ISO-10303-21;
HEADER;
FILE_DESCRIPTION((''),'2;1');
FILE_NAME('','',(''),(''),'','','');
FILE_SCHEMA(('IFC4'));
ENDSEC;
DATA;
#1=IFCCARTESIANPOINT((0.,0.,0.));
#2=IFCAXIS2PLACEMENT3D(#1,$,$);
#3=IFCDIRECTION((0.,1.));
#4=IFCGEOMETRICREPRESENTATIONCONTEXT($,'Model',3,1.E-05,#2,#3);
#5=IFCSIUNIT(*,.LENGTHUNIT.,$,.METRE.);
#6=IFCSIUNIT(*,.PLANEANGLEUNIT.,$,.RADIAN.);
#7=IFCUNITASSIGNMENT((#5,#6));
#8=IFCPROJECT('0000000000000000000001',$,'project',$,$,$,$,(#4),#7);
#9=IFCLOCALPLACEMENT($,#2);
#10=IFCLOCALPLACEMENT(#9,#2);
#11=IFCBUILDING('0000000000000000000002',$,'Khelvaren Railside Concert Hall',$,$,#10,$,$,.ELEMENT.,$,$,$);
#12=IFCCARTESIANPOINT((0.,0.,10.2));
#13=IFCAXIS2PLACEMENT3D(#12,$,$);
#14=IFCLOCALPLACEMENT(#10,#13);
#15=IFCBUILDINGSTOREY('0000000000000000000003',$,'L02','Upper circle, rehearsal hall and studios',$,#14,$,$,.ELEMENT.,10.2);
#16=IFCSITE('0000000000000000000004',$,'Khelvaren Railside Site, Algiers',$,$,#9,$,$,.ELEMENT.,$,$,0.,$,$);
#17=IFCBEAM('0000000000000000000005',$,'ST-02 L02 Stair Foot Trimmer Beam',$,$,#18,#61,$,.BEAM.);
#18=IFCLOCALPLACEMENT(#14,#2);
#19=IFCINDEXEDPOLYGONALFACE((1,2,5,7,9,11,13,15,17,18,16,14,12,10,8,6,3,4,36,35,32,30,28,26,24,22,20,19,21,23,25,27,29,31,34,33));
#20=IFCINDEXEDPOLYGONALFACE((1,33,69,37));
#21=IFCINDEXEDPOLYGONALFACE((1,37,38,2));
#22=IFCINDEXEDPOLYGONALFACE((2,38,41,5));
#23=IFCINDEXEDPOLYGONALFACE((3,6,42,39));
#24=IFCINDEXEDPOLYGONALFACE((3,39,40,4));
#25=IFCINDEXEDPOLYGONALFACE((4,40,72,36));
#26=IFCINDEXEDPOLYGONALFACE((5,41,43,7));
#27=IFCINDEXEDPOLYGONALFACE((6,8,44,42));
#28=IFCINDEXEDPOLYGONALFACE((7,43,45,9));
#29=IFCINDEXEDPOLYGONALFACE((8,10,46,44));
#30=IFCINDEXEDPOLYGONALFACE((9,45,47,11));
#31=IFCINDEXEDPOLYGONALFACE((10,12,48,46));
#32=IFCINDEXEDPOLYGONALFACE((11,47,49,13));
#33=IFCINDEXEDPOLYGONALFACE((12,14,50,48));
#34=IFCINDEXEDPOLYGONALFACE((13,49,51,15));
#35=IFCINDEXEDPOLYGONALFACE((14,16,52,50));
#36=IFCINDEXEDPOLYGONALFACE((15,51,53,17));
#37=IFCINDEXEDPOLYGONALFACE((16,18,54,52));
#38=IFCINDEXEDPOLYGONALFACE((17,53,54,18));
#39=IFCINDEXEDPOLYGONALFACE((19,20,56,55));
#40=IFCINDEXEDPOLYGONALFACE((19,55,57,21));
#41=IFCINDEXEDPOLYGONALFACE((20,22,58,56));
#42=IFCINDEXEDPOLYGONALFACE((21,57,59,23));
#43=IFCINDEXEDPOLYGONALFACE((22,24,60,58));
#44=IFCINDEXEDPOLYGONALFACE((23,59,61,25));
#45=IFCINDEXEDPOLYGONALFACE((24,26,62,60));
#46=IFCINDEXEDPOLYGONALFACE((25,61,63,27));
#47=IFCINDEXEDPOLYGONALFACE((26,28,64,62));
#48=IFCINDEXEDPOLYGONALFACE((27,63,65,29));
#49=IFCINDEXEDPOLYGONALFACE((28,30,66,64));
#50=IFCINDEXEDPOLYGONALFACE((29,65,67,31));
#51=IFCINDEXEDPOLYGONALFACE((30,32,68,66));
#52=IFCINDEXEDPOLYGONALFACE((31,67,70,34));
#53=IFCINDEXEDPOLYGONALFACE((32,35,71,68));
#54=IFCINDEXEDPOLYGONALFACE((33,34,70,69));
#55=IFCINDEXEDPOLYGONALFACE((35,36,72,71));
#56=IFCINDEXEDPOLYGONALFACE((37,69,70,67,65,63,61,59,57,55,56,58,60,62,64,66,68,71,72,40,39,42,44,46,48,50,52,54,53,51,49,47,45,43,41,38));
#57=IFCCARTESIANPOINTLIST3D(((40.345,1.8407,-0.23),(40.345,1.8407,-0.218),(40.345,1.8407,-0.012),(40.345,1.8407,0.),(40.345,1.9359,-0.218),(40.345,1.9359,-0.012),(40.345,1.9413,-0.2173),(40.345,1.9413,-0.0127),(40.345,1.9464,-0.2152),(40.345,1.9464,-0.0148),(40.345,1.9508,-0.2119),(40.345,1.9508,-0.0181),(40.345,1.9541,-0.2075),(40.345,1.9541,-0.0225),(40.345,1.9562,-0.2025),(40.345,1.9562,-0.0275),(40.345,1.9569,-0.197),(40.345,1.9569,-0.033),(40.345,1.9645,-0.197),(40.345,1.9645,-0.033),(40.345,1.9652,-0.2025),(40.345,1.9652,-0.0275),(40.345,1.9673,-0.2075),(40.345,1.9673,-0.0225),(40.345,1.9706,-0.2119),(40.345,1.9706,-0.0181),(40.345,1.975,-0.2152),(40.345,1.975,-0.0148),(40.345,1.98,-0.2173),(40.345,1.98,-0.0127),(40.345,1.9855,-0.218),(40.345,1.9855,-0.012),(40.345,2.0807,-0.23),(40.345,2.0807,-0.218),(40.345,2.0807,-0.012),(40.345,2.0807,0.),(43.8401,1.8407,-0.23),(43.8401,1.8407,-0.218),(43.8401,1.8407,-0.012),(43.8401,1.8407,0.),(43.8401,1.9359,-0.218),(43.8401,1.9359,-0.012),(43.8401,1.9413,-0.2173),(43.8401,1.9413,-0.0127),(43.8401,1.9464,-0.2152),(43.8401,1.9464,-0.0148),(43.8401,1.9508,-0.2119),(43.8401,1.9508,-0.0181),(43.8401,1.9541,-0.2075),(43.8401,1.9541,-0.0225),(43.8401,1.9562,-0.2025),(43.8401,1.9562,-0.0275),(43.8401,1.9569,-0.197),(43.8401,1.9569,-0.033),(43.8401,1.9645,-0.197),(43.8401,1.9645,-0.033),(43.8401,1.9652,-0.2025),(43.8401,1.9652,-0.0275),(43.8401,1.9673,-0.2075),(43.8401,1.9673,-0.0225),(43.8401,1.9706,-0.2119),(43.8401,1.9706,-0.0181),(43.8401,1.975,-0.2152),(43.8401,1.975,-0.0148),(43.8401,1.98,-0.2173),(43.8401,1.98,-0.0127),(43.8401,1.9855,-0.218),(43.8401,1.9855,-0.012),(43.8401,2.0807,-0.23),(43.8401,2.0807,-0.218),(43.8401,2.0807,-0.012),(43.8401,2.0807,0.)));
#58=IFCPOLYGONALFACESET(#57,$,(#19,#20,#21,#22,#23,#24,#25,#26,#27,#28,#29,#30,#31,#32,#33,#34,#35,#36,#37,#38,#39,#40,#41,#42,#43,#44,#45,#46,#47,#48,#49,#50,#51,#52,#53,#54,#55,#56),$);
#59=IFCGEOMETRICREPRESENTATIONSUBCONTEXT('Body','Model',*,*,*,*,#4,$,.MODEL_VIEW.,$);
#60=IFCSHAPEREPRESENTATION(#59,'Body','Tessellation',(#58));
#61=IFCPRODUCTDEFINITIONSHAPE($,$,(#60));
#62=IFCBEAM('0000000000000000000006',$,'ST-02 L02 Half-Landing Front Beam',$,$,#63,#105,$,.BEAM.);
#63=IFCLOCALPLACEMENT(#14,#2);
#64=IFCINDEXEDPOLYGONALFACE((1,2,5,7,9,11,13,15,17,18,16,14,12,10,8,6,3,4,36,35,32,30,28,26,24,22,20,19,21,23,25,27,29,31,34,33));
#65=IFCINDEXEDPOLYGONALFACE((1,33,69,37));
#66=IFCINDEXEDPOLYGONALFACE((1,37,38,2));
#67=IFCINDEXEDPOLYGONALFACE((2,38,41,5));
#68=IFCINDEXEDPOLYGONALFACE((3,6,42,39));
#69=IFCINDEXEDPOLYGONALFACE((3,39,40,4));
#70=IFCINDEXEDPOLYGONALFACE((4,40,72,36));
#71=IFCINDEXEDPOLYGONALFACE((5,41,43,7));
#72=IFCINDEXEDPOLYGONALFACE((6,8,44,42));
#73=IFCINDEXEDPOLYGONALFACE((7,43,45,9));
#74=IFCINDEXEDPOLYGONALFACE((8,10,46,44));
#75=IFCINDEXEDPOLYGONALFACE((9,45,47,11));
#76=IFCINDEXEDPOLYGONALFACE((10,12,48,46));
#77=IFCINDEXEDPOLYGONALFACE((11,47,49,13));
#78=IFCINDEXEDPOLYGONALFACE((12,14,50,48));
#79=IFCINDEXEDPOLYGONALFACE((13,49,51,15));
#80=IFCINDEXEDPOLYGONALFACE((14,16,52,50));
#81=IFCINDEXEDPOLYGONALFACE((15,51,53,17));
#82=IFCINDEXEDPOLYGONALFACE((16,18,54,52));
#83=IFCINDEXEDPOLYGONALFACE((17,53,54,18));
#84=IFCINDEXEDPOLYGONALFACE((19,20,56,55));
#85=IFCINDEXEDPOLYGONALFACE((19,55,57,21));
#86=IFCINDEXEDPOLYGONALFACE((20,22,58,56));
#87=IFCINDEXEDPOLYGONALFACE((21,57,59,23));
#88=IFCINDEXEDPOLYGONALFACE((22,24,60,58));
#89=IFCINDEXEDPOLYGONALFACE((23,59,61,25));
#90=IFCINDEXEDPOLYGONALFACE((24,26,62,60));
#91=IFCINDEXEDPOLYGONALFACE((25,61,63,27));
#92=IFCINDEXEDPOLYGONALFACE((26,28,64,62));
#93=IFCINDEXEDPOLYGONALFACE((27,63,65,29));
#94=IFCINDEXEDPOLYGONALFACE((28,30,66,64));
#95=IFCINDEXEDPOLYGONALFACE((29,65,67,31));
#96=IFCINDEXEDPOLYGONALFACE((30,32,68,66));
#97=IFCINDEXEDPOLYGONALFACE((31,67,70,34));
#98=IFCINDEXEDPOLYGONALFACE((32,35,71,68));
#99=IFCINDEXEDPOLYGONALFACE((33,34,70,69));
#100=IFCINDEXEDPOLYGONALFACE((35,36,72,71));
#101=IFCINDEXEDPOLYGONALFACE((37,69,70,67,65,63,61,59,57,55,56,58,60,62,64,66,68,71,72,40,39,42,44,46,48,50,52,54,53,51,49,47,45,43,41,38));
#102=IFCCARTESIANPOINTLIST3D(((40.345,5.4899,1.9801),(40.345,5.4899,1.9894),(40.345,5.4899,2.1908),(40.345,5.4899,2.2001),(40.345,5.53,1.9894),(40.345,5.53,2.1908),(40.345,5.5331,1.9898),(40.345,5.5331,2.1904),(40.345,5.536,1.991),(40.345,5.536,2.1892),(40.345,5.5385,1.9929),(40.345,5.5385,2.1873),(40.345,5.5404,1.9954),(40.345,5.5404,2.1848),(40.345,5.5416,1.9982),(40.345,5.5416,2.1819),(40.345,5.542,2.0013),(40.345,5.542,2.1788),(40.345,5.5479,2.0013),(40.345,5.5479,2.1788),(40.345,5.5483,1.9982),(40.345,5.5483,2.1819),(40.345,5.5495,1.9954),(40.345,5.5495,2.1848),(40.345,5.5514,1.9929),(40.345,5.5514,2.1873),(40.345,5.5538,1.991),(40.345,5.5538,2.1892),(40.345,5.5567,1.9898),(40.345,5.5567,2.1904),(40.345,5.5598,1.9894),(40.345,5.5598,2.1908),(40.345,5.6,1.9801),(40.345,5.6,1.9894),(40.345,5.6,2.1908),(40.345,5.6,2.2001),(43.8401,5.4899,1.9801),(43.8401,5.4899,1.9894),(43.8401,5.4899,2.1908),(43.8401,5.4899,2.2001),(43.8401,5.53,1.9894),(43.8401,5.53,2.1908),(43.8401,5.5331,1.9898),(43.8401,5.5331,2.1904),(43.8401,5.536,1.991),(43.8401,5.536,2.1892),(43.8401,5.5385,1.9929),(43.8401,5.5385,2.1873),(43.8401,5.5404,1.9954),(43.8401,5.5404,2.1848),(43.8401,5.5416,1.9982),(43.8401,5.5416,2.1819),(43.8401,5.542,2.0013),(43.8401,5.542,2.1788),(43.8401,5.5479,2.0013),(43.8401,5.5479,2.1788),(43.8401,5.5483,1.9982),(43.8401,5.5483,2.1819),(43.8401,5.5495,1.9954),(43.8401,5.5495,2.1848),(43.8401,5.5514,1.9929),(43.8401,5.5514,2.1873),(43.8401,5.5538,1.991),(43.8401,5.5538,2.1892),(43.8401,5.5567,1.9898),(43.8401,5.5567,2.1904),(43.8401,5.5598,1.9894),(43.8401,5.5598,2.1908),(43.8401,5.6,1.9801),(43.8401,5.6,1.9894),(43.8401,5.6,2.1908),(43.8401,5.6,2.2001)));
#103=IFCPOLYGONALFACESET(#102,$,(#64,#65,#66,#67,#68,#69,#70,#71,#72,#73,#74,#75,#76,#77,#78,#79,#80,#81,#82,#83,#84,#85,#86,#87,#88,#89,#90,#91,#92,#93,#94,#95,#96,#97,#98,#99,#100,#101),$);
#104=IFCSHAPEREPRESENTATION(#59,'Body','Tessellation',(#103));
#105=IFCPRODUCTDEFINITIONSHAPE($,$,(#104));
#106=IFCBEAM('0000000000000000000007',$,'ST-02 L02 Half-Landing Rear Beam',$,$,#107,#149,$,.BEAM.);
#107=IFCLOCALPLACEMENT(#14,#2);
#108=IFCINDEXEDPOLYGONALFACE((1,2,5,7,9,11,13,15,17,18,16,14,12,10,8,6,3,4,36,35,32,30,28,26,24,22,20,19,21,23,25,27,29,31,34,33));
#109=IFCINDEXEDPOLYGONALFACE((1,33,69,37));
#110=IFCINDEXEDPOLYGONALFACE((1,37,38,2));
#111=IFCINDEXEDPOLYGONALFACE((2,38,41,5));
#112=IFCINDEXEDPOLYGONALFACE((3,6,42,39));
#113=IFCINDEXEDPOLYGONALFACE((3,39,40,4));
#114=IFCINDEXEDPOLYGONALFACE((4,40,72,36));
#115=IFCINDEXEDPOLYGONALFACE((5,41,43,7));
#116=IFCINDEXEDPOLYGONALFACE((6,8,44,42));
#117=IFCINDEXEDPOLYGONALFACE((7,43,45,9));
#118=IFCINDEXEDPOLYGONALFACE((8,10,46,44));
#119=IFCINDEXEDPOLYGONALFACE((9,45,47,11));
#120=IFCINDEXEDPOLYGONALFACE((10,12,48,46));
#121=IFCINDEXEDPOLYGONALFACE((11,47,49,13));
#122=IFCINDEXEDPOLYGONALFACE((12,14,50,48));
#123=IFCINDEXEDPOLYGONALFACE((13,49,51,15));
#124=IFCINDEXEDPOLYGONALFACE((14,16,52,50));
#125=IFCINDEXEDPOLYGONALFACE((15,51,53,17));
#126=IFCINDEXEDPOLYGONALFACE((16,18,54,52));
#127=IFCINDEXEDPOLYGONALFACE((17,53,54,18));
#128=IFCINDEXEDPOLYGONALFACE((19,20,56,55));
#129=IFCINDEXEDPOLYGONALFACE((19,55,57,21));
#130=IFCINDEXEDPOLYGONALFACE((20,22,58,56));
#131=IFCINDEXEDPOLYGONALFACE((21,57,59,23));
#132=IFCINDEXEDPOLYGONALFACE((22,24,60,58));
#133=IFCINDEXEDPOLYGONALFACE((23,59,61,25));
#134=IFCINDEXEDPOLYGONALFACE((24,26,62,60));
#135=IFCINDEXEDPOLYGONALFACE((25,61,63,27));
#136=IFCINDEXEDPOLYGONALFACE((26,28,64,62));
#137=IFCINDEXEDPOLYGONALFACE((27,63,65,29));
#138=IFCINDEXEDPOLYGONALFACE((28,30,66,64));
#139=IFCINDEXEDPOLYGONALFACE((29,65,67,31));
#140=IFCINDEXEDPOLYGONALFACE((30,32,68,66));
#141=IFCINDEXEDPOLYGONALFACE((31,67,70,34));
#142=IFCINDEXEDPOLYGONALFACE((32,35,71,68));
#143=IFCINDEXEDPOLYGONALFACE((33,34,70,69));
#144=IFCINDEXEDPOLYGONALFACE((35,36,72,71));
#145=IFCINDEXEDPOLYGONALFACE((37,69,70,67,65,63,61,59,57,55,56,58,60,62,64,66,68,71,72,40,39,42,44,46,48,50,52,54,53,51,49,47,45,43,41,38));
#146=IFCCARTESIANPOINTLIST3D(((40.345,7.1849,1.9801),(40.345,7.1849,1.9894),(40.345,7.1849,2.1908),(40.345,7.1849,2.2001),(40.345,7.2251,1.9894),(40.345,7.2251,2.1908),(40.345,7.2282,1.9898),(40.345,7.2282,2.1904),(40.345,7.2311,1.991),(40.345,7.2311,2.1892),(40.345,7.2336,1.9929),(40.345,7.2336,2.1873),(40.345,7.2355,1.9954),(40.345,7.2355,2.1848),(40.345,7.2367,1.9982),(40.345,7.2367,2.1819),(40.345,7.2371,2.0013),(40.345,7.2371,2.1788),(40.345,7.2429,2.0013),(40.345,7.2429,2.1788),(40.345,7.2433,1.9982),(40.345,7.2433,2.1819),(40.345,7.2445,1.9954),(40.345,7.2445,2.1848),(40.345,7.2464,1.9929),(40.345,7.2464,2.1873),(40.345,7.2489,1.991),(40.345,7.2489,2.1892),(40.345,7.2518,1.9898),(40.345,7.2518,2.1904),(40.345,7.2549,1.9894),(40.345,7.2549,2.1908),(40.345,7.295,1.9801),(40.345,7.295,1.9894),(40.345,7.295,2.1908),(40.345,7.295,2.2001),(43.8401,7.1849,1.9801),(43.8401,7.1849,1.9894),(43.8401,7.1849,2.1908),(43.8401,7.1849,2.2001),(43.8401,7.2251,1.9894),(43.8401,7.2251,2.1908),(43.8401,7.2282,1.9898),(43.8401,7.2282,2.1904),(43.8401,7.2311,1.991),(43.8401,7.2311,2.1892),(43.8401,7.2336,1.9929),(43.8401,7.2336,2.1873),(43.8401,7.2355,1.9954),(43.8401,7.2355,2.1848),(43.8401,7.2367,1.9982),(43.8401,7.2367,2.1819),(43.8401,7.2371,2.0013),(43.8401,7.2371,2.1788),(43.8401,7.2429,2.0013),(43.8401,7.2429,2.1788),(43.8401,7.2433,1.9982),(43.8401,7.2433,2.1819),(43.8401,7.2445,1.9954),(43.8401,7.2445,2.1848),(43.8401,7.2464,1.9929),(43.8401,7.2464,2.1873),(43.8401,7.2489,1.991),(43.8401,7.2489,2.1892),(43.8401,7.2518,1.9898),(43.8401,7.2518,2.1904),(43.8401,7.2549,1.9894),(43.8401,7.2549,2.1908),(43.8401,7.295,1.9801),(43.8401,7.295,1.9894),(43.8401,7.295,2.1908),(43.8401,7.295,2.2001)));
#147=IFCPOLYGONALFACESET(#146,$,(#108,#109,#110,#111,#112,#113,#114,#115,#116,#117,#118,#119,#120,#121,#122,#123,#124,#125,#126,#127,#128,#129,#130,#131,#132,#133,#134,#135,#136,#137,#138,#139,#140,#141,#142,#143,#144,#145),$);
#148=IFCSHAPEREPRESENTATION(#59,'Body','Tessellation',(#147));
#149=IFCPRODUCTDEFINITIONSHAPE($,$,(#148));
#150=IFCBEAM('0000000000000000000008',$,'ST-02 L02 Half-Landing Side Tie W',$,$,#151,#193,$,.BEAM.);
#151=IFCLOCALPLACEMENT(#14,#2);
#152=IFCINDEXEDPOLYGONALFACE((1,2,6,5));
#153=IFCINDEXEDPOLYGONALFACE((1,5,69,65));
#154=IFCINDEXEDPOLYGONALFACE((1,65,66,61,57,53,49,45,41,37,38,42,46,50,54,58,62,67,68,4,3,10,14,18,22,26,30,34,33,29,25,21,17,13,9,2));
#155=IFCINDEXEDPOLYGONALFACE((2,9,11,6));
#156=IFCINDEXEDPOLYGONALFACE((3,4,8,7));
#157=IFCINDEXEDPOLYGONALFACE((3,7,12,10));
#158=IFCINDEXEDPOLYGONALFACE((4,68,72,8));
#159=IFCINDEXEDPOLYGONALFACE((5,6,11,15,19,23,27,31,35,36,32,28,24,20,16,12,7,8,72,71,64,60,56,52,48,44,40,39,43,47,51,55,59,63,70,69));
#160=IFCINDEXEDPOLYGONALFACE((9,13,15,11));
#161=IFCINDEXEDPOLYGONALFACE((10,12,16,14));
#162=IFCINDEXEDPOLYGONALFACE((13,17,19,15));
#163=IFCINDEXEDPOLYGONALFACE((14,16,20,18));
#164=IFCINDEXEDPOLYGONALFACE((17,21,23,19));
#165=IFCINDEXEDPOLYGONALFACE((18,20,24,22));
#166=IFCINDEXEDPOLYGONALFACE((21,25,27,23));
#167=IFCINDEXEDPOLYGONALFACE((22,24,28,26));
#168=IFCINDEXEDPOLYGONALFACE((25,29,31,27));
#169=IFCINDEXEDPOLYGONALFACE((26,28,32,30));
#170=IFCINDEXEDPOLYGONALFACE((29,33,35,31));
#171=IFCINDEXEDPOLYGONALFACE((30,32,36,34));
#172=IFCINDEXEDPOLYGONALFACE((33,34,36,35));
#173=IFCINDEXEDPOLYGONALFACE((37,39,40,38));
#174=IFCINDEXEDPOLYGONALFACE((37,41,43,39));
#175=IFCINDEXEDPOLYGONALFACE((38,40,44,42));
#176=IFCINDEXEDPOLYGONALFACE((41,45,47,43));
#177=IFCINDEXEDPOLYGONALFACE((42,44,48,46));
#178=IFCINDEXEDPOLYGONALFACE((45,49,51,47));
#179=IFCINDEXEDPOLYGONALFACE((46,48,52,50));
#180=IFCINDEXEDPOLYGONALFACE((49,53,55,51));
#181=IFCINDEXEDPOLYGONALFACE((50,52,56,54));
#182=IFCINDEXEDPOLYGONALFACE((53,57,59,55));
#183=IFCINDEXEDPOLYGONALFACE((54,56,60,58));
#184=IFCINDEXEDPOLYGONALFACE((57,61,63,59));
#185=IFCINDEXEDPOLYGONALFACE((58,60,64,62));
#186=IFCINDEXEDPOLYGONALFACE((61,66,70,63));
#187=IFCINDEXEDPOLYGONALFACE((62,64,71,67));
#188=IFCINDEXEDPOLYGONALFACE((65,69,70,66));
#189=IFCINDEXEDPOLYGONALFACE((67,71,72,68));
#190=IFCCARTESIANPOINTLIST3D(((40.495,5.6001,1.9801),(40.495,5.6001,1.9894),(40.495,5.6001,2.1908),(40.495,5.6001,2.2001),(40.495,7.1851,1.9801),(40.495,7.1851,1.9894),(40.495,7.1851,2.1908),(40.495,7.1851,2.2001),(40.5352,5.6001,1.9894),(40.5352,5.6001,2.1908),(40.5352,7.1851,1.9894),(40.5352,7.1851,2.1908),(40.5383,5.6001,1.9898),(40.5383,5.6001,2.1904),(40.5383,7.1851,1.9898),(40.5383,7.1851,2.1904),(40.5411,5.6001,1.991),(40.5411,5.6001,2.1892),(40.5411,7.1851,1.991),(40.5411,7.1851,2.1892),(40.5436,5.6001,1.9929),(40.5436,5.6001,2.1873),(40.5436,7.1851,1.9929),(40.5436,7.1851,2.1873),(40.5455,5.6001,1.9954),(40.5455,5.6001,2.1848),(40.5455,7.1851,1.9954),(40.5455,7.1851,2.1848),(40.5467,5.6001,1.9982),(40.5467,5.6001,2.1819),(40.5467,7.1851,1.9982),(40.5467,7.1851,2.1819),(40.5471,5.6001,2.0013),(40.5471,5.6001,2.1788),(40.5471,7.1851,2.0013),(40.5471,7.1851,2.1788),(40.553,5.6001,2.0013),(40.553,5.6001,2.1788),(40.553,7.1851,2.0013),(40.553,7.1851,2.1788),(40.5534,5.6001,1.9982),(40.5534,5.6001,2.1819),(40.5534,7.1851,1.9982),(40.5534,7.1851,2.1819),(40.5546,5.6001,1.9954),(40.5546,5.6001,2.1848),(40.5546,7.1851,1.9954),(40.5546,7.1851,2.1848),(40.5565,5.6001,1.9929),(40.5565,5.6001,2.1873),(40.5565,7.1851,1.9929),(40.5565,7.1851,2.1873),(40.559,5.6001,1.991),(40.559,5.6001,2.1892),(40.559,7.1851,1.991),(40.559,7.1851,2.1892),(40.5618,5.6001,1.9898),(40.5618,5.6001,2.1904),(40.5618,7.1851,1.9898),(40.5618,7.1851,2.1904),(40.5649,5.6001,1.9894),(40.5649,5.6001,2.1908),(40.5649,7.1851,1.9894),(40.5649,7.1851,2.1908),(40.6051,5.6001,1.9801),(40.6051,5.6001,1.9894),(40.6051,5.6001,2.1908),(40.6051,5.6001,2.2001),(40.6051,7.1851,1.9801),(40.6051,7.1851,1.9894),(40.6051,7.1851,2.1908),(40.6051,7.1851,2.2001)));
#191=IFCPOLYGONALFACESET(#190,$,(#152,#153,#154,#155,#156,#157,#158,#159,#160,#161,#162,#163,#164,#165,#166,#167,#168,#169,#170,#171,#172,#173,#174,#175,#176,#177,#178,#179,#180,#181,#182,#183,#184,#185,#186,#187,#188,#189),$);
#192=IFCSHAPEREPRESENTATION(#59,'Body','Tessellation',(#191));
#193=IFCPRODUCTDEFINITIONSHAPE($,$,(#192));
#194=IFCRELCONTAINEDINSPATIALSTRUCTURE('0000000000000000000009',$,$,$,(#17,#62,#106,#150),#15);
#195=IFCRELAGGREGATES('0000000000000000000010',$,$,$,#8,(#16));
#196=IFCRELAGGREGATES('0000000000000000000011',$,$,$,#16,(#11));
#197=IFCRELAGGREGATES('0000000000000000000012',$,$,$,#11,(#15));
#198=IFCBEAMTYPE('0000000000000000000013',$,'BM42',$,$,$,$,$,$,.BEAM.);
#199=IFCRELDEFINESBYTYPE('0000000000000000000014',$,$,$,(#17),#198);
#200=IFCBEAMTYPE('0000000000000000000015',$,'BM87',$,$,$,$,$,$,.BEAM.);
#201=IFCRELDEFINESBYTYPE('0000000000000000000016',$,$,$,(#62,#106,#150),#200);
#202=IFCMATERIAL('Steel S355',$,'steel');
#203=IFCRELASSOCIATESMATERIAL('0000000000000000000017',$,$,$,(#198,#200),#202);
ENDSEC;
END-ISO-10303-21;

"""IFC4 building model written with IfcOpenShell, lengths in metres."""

from ifc_helpers import new_model, si_unit, direction, frame, origin, origin_2d, place, context, subcontext, project, spatial, i_section, extrude, material, material_profile, profile_set, type_object, element, save


model = new_model("IFC4")

# Units and contexts
model_context = context("Model", 3, precision=1e-05, world=origin(), true_north=direction((0.0, 1.0)))
body_context = subcontext(model_context, "Body", "Model", "MODEL_VIEW")
ifc_project = project(units=[si_unit("LENGTHUNIT", "METRE"), si_unit("PLANEANGLEUNIT", "RADIAN")], contexts=[model_context])

# Site, building, storey
site_placement = place(None, origin())
site = spatial("IfcSite", under=ifc_project, at=site_placement, Name="Khelvaren Railside Site, Algiers", CompositionType="ELEMENT", RefElevation=0.0)
building_placement = place(site_placement, origin())
building = spatial("IfcBuilding", under=site, at=building_placement, Name="Khelvaren Railside Concert Hall", CompositionType="ELEMENT")
storey_placement = place(building_placement, frame((0.0, 0.0, 10.2)))
storey = spatial("IfcBuildingStorey", under=building, at=storey_placement, Name="L02", Description="Upper circle, rehearsal hall and studios", CompositionType="ELEMENT", Elevation=10.2)

# Beams
ifc_material_1 = material(Name="Steel S355", Category="steel")
ifc_material_profile_1 = material_profile(ifc_material_1, i_section(OverallWidth=0.24, OverallDepth=0.23, WebThickness=0.0076, FlangeThickness=0.012, FilletRadius=0.021, at=origin_2d()), Name="HEA 240")
ifc_profile_set_1 = profile_set([ifc_material_profile_1], Name="Steel S355")
beam_type_1 = type_object("IfcBeamType", Name="BM42", PredefinedType="BEAM", material=ifc_profile_set_1)
beam_1_placement = place(storey_placement, frame((40.345, 1.9607, -0.115), z_axis=(1.0, 0.0, 0.0), x_axis=(0.0, 1.0, 0.0)))
element("IfcBeam", 1, at=beam_1_placement, inside=storey, type_object=beam_type_1, Name="ST-02 L02 Stair Foot Trimmer Beam", PredefinedType="BEAM", context=body_context, shape_type="SweptSolid", body=[
    extrude(i_section(OverallWidth=0.24, OverallDepth=0.23, WebThickness=0.0076, FlangeThickness=0.012, FilletRadius=0.021, at=origin_2d()), origin(), (0.0, 0.0, 1.0), 3.4951),
])
ifc_material_profile_2 = material_profile(ifc_material_1, i_section(OverallWidth=0.1101, OverallDepth=0.22, WebThickness=0.0059, FlangeThickness=0.0093, FilletRadius=0.012, at=origin_2d()), Name="IPE 220")
ifc_profile_set_2 = profile_set([ifc_material_profile_2], Name="Steel S355")
beam_type_2 = type_object("IfcBeamType", Name="BM87", PredefinedType="BEAM", material=ifc_profile_set_2)
for number, where, z_axis, x_axis, name in (
    (2, (40.345, 5.5449, 2.0901), (1.0, 0.0, 0.0), (0.0, 1.0, 0.0), "ST-02 L02 Half-Landing Front Beam"),
    (3, (40.345, 7.24, 2.0901), (1.0, 0.0, 0.0), (0.0, 1.0, 0.0), "ST-02 L02 Half-Landing Rear Beam"),
):
    element("IfcBeam", number, at=place(storey_placement, frame(where, z_axis=z_axis, x_axis=x_axis)), inside=storey, type_object=beam_type_2, Name=name, PredefinedType="BEAM", context=body_context, shape_type="SweptSolid", body=[
        extrude(i_section(OverallWidth=0.1101, OverallDepth=0.22, WebThickness=0.0059, FlangeThickness=0.0093, FilletRadius=0.012, at=origin_2d()), origin(), (0.0, 0.0, 1.0), 3.4951),
    ])
for number, where, z_axis, x_axis, name in (
    (4, (40.55, 5.6001, 2.0901), (0.0, 1.0, 0.0), (-1.0, 0.0, 0.0), "ST-02 L02 Half-Landing Side Tie W"),
):
    element("IfcBeam", number, at=place(storey_placement, frame(where, z_axis=z_axis, x_axis=x_axis)), inside=storey, type_object=beam_type_2, Name=name, PredefinedType="BEAM", context=body_context, shape_type="SweptSolid", body=[
        extrude(i_section(OverallWidth=0.1101, OverallDepth=0.22, WebThickness=0.0059, FlangeThickness=0.0093, FilletRadius=0.012, at=origin_2d()), origin(), (0.0, 0.0, 1.0), 1.585),
    ])

save(model, "model.ifc")
